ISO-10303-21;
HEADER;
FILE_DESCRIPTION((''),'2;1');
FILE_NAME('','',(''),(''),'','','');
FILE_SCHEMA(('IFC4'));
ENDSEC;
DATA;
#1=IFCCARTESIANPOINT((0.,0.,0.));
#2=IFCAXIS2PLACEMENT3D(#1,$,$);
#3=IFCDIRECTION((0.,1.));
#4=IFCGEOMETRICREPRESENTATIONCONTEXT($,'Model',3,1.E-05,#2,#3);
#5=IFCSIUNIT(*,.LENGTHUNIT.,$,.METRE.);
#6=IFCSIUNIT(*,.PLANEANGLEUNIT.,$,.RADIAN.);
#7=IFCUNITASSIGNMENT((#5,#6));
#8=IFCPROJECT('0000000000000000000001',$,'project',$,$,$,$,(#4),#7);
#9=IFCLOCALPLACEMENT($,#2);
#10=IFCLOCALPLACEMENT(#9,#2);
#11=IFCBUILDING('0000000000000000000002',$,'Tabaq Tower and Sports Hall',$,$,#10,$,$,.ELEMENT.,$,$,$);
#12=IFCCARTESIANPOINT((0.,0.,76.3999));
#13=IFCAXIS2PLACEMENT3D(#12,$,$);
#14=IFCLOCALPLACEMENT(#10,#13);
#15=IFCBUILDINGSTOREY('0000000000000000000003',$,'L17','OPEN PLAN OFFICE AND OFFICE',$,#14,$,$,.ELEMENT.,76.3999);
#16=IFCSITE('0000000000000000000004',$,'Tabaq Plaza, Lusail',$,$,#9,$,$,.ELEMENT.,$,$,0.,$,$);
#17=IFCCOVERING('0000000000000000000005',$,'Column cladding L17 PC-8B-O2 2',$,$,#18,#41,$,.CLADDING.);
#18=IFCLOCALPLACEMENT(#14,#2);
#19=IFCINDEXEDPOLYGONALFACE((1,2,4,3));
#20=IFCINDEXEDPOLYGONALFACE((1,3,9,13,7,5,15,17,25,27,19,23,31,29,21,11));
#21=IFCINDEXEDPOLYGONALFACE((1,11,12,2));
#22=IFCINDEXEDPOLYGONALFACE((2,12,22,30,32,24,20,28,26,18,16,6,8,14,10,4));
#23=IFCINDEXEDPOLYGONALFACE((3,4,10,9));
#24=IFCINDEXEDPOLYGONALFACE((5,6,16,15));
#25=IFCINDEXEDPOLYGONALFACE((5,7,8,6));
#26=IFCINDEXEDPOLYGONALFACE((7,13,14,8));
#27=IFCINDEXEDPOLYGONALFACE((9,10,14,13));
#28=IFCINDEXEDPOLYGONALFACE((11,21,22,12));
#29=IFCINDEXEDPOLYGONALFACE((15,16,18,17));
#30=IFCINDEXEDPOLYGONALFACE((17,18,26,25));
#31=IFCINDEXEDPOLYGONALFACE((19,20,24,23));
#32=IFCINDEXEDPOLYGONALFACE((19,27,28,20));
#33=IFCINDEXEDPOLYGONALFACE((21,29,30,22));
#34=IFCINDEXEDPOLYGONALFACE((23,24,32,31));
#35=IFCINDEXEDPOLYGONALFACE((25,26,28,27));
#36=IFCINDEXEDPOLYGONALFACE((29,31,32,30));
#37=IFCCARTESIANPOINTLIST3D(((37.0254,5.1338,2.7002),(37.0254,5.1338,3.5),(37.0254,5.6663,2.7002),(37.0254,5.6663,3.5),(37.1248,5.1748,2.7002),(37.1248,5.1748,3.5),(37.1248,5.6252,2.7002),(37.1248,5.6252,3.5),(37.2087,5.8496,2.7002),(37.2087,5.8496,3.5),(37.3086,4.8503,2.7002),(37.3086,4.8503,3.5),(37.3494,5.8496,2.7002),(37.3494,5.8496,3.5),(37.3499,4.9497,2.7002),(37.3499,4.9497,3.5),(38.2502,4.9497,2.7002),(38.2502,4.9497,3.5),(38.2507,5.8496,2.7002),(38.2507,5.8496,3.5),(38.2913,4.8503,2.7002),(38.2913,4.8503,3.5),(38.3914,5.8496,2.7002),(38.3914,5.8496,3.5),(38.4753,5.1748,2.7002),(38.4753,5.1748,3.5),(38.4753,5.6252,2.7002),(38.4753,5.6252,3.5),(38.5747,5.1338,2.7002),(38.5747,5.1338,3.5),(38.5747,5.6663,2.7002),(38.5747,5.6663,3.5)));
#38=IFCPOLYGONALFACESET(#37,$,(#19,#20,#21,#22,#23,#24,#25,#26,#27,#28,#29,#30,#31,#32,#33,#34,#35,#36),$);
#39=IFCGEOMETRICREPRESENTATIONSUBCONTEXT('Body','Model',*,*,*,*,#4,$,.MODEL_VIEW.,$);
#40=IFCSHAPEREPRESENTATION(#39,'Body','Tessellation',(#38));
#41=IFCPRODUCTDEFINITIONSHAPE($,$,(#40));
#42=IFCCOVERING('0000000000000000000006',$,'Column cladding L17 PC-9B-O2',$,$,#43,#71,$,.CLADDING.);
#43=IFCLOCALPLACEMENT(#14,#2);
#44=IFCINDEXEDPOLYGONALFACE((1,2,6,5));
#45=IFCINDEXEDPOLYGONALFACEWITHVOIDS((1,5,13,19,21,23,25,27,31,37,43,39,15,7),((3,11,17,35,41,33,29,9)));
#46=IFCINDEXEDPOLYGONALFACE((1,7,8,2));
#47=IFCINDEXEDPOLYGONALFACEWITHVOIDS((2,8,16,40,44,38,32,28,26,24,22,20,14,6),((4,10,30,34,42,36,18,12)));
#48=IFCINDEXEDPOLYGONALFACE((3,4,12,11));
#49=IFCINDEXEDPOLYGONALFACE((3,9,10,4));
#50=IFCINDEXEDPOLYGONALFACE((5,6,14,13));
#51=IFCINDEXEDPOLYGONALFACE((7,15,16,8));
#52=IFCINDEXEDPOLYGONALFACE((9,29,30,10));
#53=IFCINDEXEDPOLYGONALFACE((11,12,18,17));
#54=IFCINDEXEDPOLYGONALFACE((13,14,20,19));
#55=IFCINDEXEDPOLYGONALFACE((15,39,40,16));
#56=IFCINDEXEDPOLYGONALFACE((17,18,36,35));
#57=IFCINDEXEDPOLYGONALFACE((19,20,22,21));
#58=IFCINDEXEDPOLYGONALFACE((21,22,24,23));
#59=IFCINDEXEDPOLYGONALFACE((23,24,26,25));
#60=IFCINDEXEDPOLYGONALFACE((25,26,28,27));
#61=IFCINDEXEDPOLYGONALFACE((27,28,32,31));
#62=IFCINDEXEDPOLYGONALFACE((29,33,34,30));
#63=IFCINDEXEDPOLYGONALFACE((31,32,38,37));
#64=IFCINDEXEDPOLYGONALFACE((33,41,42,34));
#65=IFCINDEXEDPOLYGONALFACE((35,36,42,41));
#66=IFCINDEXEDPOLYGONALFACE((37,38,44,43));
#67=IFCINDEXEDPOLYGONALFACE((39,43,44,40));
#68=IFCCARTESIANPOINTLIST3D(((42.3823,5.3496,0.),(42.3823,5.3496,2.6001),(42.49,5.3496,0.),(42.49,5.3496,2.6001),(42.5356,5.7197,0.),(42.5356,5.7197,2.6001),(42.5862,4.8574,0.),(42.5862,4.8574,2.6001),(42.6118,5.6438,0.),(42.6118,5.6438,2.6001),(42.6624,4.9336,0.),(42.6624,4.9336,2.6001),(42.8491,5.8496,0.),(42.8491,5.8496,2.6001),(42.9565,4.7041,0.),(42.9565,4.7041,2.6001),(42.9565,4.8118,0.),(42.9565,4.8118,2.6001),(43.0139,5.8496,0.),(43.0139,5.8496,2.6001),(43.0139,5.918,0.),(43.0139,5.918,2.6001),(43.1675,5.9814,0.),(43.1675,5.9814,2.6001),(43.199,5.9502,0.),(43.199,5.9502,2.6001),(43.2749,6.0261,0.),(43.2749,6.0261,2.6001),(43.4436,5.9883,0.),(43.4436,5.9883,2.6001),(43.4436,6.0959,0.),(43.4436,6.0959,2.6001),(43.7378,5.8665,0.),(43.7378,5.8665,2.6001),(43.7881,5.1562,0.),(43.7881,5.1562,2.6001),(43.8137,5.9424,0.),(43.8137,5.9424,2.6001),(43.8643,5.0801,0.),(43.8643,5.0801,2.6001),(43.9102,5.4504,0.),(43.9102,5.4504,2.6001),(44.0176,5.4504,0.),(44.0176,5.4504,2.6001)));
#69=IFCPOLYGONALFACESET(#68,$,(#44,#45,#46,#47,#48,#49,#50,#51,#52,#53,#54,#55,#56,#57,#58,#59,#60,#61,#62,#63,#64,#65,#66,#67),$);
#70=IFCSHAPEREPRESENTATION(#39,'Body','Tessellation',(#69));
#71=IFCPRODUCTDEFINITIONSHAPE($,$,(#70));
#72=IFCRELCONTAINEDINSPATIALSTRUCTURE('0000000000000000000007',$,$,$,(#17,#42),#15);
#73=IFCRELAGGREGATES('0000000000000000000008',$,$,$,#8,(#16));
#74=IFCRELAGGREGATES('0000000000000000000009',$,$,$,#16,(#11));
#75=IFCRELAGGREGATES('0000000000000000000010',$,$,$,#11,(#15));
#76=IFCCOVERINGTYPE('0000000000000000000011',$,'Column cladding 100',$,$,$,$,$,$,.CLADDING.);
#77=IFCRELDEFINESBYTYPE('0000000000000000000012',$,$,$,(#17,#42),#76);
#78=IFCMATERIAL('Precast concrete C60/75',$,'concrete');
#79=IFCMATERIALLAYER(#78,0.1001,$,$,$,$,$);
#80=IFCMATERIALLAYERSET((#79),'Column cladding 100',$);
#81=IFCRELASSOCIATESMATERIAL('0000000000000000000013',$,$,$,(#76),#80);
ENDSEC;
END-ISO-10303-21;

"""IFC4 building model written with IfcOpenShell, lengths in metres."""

from ifc_helpers import new_model, si_unit, direction, frame, origin, place, context, subcontext, project, spatial, polyline, outline, extrude, material, layer, layer_set, type_object, element, save


model = new_model("IFC4")

# Units and contexts
model_context = context("Model", 3, precision=1e-05, world=origin(), true_north=direction((0.0, 1.0)))
body_context = subcontext(model_context, "Body", "Model", "MODEL_VIEW")
ifc_project = project(units=[si_unit("LENGTHUNIT", "METRE"), si_unit("PLANEANGLEUNIT", "RADIAN")], contexts=[model_context])

# Site, building, storey
site_placement = place(None, origin())
site = spatial("IfcSite", under=ifc_project, at=site_placement, Name="Tabaq Plaza, Lusail", CompositionType="ELEMENT", RefElevation=0.0)
building_placement = place(site_placement, origin())
building = spatial("IfcBuilding", under=site, at=building_placement, Name="Tabaq Tower and Sports Hall", CompositionType="ELEMENT")
storey_placement = place(building_placement, frame((0.0, 0.0, 76.3999)))
storey = spatial("IfcBuildingStorey", under=building, at=storey_placement, Name="L17", Description="OPEN PLAN OFFICE AND OFFICE", CompositionType="ELEMENT", Elevation=76.3999)

# Coverings
ifc_material_1 = material(Name="Precast concrete C60/75", Category="concrete")
ifc_layer_1 = layer(ifc_material_1, 0.1001)
ifc_layer_set_1 = layer_set([ifc_layer_1], Name="Column cladding 100")
covering_type = type_object("IfcCoveringType", Name="Column cladding 100", PredefinedType="CLADDING", material=ifc_layer_set_1)
covering_1_placement = place(storey_placement, frame((0.0, 0.0, 2.7002)))
element("IfcCovering", 1, at=covering_1_placement, inside=storey, type_object=covering_type, Name="Column cladding L17 PC-8B-O2 2", PredefinedType="CLADDING", context=body_context, shape_type="SweptSolid", body=[
    extrude(outline(polyline([(37.0254, 5.6663), (37.2087, 5.8496), (37.3494, 5.8496), (37.1248, 5.6252), (37.1248, 5.1748), (37.3499, 4.9497), (38.2502, 4.9497), (38.4753, 5.1748), (38.4753, 5.6252), (38.2507, 5.8496), (38.3914, 5.8496), (38.5747, 5.6663), (38.5747, 5.1338), (38.2913, 4.8503), (37.3086, 4.8503), (37.0254, 5.1338), (37.0254, 5.6663)])), origin(), (0.0, 0.0, 1.0), 0.7998),
])
covering_2_placement = place(storey_placement, origin())
element("IfcCovering", 2, at=covering_2_placement, inside=storey, type_object=covering_type, Name="Column cladding L17 PC-9B-O2", PredefinedType="CLADDING", context=body_context, shape_type="SweptSolid", body=[
    extrude(outline(polyline([(42.3823, 5.3496), (42.5356, 5.7197), (42.8491, 5.8496), (43.0139, 5.8496), (43.0139, 5.918), (43.1675, 5.9814), (43.199, 5.9502), (43.2749, 6.0261), (43.4436, 6.0959), (43.8137, 5.9424), (44.0176, 5.4504), (43.8643, 5.0801), (42.9565, 4.7041), (42.5862, 4.8574), (42.3823, 5.3496)]), holes=[polyline([(43.9102, 5.4504), (43.7378, 5.8665), (43.4436, 5.9883), (42.6118, 5.6438), (42.49, 5.3496), (42.6624, 4.9336), (42.9565, 4.8118), (43.7881, 5.1562), (43.9102, 5.4504)])]), origin(), (0.0, 0.0, 1.0), 2.6001),
])

save(model, "model.ifc")
